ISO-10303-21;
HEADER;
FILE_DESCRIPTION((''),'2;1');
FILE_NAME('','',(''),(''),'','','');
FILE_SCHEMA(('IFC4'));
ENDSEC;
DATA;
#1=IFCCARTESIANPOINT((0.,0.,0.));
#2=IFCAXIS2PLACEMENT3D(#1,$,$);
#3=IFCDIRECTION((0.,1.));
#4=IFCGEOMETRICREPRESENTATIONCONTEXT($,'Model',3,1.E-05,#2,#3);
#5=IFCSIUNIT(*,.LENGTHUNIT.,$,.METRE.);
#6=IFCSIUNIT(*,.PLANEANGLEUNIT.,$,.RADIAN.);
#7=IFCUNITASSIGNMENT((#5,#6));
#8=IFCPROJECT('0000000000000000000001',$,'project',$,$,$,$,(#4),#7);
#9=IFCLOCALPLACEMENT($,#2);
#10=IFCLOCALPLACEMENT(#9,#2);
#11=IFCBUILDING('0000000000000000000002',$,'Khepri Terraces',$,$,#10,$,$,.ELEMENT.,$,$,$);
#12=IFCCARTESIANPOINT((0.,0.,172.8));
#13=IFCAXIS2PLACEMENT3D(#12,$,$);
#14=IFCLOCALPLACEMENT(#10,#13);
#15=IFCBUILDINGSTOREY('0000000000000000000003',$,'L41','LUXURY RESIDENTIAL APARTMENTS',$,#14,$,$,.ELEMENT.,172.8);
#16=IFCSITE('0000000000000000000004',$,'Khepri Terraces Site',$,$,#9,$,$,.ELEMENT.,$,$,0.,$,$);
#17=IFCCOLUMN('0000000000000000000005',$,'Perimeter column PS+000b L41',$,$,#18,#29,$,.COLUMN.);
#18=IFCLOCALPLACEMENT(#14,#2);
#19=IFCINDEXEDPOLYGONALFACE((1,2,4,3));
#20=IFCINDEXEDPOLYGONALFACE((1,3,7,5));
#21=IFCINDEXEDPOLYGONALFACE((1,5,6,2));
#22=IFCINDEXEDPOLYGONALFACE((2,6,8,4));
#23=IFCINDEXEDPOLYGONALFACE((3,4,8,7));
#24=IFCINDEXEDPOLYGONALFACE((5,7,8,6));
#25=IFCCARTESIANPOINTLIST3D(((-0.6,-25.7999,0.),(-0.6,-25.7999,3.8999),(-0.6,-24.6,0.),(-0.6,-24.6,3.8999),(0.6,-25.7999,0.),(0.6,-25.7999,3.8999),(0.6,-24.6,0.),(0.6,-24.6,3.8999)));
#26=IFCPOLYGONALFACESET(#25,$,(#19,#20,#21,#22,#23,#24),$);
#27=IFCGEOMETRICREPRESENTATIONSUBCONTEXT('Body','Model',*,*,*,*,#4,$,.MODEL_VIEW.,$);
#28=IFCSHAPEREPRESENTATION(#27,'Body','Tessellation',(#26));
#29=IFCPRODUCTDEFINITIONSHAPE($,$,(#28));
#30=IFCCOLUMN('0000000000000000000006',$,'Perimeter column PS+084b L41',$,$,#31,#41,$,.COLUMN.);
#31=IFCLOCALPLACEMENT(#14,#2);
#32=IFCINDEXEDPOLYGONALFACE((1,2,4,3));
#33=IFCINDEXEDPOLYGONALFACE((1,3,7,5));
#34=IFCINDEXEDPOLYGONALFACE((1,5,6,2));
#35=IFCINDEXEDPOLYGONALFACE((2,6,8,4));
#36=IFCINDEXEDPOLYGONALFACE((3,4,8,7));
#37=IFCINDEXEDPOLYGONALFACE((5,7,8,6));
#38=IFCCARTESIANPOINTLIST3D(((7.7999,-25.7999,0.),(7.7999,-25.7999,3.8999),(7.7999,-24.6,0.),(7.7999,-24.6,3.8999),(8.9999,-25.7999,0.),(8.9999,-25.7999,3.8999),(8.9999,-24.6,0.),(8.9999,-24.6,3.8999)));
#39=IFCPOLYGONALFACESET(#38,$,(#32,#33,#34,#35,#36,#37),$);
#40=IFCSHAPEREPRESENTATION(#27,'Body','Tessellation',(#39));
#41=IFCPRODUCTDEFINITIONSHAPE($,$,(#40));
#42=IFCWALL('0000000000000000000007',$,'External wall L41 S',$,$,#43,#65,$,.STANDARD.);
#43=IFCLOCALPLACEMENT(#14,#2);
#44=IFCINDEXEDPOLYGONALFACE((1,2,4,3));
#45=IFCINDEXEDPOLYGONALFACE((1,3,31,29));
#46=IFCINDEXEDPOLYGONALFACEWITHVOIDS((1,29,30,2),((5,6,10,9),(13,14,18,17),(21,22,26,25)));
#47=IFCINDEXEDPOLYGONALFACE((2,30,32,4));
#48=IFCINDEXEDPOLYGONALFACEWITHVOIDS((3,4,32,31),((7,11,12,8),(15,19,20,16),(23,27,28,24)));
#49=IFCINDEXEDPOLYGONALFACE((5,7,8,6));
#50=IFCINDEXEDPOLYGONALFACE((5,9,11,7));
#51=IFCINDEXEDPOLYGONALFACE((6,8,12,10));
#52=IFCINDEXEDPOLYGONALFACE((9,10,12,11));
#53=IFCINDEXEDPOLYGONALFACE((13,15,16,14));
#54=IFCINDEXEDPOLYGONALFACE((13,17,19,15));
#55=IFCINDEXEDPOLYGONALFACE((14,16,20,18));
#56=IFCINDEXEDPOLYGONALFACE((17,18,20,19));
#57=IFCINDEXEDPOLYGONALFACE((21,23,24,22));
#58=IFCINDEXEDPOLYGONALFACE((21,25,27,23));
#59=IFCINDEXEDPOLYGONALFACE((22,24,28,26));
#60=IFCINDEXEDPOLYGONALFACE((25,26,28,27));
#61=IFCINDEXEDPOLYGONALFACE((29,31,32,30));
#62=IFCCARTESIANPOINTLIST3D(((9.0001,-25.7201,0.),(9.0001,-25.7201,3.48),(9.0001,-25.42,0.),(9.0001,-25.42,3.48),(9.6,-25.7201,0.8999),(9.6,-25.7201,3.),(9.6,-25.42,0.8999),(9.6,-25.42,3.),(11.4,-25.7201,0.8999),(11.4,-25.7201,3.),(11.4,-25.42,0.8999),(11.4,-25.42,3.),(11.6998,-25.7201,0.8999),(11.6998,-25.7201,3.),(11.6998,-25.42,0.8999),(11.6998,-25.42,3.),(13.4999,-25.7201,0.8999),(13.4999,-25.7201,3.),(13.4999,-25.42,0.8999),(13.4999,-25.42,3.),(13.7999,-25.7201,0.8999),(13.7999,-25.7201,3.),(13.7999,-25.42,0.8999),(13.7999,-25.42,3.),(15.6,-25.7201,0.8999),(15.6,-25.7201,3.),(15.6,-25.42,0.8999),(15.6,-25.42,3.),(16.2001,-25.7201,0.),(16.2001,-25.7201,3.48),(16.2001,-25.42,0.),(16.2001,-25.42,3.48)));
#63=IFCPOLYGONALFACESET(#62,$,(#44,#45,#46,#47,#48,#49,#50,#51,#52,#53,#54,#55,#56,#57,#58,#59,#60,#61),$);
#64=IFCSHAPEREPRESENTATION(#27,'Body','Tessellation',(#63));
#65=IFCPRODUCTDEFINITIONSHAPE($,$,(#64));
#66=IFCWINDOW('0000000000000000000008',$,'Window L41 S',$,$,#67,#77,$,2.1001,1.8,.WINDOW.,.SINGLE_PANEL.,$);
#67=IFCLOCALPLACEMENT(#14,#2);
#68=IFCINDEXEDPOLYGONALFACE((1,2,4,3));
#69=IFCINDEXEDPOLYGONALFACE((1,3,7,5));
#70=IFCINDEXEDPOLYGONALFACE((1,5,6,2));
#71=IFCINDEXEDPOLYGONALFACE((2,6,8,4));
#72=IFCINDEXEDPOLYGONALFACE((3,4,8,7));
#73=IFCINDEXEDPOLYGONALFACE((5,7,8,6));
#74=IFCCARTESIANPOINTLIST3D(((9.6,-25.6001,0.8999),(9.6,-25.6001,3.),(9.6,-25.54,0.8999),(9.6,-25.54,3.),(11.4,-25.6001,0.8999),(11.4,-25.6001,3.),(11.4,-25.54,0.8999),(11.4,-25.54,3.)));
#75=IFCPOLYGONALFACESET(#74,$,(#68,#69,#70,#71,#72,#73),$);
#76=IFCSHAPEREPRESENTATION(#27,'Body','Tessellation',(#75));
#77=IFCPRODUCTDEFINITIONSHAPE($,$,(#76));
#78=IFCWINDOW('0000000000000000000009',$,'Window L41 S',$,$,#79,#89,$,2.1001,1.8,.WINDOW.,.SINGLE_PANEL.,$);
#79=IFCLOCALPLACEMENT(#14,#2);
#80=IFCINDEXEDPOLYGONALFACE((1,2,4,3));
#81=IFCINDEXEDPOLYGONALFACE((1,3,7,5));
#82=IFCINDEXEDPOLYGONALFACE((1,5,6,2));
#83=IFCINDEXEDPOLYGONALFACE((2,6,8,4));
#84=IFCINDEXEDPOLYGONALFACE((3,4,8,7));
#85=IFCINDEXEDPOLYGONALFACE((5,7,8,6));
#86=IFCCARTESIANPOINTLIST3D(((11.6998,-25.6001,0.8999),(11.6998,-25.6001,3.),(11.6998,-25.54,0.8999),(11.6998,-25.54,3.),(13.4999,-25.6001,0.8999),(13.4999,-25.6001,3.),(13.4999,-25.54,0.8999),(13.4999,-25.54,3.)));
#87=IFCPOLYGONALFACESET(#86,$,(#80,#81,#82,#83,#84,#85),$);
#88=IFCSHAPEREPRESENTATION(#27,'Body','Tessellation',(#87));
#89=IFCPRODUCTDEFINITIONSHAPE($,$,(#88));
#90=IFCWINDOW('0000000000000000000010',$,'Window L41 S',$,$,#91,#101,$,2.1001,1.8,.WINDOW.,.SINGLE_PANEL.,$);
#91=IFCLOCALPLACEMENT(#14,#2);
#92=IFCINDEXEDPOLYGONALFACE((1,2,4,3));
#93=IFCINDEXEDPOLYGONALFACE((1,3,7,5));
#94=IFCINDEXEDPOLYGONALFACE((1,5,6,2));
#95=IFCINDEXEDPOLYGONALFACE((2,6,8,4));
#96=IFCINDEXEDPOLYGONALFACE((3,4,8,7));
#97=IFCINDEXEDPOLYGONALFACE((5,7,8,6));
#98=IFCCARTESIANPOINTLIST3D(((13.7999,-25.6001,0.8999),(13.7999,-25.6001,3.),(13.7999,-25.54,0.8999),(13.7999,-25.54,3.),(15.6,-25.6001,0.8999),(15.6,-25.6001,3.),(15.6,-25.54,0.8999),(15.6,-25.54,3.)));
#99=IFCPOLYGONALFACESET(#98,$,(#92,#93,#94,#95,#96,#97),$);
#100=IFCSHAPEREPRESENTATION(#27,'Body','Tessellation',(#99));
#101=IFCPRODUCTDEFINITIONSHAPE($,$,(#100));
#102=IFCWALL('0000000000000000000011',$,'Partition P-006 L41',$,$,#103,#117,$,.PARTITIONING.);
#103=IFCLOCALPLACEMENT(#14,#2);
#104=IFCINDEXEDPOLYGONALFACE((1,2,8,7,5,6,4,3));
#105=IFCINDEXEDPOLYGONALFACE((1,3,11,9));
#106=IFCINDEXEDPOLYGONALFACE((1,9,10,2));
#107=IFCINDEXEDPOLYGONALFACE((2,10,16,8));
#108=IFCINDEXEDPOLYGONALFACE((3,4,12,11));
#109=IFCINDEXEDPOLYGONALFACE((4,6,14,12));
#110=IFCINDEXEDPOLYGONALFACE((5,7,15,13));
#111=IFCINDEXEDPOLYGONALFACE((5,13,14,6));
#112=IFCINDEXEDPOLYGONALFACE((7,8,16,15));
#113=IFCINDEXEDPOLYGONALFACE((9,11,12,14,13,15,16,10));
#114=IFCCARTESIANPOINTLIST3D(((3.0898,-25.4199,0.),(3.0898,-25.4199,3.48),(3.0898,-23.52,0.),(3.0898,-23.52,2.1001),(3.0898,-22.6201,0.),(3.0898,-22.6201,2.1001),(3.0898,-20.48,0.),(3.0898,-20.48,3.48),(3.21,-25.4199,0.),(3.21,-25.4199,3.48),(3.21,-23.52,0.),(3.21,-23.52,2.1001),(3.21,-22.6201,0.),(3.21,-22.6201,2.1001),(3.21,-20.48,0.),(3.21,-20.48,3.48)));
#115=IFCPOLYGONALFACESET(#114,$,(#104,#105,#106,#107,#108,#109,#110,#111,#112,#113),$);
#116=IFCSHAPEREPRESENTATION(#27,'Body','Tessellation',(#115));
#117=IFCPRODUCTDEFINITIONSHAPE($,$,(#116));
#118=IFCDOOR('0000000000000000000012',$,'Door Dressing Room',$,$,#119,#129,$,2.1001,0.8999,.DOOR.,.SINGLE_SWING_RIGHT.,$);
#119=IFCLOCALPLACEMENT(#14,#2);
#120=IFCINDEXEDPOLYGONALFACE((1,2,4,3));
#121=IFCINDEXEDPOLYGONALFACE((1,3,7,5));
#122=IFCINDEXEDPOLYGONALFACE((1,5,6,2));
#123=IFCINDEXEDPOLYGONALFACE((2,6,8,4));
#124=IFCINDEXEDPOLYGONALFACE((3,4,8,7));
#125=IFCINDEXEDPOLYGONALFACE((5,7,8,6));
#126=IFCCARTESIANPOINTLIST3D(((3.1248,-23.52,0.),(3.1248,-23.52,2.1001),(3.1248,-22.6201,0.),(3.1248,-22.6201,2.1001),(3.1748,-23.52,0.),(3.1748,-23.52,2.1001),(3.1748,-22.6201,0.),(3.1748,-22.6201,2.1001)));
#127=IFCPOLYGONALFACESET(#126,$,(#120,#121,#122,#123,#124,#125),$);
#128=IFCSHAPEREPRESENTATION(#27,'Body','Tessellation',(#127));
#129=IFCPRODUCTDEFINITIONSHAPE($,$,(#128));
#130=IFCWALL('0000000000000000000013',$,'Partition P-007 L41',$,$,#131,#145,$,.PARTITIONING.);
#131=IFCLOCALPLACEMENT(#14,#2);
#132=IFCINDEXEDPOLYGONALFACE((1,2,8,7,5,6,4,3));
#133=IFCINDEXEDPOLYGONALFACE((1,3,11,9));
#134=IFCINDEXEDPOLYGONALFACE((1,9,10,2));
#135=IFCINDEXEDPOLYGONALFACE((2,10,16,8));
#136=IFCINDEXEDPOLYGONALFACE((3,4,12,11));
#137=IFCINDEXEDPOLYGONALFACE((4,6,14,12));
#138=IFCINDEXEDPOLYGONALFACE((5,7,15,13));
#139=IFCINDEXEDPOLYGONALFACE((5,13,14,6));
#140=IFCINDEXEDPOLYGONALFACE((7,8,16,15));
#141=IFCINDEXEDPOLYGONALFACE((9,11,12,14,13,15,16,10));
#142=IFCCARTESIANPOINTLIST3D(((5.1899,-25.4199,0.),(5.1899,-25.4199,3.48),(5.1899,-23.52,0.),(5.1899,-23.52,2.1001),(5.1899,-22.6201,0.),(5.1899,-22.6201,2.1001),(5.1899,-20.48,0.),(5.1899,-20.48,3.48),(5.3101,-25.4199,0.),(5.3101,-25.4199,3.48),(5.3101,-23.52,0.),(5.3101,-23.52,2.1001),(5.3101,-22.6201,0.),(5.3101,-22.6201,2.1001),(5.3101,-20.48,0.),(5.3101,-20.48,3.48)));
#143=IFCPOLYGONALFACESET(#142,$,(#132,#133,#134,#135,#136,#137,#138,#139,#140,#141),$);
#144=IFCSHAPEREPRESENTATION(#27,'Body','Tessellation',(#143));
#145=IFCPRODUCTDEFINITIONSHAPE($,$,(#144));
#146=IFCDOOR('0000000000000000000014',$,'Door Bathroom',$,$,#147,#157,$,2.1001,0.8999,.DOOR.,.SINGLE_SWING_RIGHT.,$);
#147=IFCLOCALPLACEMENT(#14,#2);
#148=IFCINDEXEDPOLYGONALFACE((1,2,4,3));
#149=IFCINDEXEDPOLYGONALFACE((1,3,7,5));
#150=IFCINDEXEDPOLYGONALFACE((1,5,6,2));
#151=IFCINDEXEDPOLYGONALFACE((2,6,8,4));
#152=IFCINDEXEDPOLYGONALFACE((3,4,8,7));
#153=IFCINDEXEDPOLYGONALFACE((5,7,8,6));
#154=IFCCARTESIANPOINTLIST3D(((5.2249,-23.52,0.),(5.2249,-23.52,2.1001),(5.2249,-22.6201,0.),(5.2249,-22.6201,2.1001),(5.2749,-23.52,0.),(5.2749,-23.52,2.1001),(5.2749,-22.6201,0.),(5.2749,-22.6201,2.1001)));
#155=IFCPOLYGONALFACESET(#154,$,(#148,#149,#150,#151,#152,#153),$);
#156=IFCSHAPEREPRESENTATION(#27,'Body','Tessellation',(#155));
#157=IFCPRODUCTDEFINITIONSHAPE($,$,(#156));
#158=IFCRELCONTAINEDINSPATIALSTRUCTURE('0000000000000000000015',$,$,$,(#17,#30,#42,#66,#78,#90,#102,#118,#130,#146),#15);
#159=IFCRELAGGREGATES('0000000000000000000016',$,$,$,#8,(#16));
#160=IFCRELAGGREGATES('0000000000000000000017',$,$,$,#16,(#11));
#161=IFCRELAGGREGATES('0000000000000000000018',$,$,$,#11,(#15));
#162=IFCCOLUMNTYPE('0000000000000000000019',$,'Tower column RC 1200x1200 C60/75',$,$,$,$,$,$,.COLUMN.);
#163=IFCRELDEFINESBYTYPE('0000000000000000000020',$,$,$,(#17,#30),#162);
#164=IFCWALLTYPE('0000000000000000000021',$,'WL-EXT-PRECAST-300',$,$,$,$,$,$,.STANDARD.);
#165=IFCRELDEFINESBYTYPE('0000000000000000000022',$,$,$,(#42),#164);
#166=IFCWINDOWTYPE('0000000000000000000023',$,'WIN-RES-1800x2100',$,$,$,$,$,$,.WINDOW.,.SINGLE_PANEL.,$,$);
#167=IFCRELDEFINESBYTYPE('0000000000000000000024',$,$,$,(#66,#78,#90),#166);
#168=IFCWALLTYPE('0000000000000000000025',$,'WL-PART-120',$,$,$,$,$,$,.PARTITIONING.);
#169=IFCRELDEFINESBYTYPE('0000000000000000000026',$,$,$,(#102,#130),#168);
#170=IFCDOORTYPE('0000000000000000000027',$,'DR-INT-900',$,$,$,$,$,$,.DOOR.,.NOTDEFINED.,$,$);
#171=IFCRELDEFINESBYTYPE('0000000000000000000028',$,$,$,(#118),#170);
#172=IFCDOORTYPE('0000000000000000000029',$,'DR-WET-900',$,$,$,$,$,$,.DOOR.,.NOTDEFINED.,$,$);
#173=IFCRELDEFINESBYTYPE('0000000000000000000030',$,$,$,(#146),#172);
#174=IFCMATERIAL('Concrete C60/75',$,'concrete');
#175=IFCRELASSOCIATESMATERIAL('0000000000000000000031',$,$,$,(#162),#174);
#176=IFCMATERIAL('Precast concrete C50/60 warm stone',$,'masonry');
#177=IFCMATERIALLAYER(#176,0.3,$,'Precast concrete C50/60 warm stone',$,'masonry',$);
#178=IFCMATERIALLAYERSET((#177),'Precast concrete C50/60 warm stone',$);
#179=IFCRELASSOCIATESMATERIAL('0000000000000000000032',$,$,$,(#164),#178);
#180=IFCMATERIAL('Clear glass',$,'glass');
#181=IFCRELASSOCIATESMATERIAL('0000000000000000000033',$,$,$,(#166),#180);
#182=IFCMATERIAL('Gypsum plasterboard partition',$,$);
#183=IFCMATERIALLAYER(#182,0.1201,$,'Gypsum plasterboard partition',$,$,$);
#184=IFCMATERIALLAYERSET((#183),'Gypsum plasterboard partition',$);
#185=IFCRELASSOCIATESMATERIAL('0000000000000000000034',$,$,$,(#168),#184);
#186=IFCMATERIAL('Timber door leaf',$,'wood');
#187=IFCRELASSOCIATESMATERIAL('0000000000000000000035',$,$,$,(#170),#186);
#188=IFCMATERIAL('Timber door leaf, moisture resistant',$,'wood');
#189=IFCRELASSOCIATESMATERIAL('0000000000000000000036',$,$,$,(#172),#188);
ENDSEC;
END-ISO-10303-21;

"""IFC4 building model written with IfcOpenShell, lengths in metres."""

from ifc_helpers import new_model, si_unit, direction, frame, frame_2d, origin, origin_2d, place, context, subcontext, project, spatial, rectangle, extrude, material, layer, layer_set, material_profile, profile_set, type_object, element, fill, save


model = new_model("IFC4")

# Units and contexts
model_context = context("Model", 3, precision=1e-05, world=origin(), true_north=direction((0.0, 1.0)))
body_context = subcontext(model_context, "Body", "Model", "MODEL_VIEW")
ifc_project = project(units=[si_unit("LENGTHUNIT", "METRE"), si_unit("PLANEANGLEUNIT", "RADIAN")], contexts=[model_context])

# Site, building, storey
site_placement = place(None, origin())
site = spatial("IfcSite", under=ifc_project, at=site_placement, Name="Khepri Terraces Site", CompositionType="ELEMENT", RefElevation=0.0)
building_placement = place(site_placement, origin())
building = spatial("IfcBuilding", under=site, at=building_placement, Name="Khepri Terraces", CompositionType="ELEMENT")
storey_placement = place(building_placement, frame((0.0, 0.0, 172.8)))
storey = spatial("IfcBuildingStorey", under=building, at=storey_placement, Name="L41", Description="LUXURY RESIDENTIAL APARTMENTS", CompositionType="ELEMENT", Elevation=172.8)

# Columns
ifc_material_1 = material(Name="Concrete C60/75", Category="concrete")
ifc_material_profile = material_profile(ifc_material_1, rectangle(XDim=1.2, YDim=1.2, at=origin_2d()), Name="Concrete C60/75", Category="concrete")
ifc_profile_set = profile_set([ifc_material_profile], Name="Concrete C60/75")
column_type = type_object("IfcColumnType", Name="Tower column RC 1200x1200 C60/75", PredefinedType="COLUMN", material=ifc_profile_set)
for number, where, z_axis, x_axis, name in (
    (1, (0.0, -25.2, 0.0), (0.0, 0.0, 1.0), (1.0, 0.0, 0.0), "Perimeter column PS+000b L41"),
    (2, (8.3999, -25.2, 0.0), (0.0, 0.0, 1.0), (1.0, 0.0, 0.0), "Perimeter column PS+084b L41"),
):
    element("IfcColumn", number, at=place(storey_placement, frame(where, z_axis=z_axis, x_axis=x_axis)), inside=storey, type_object=column_type, Name=name, PredefinedType="COLUMN", context=body_context, shape_type="SweptSolid", body=[
        extrude(rectangle(XDim=1.2, YDim=1.2, at=origin_2d()), origin(), (0.0, 0.0, 1.0), 3.8999),
    ])

# Shared definitions
ifc_material_2 = material(Name="Precast concrete C50/60 warm stone", Category="masonry")
ifc_layer_1 = layer(ifc_material_2, 0.3, Name="Precast concrete C50/60 warm stone", Category="masonry")
ifc_layer_set_1 = layer_set([ifc_layer_1], Name="Precast concrete C50/60 warm stone")
wall_type_1 = type_object("IfcWallType", Name="WL-EXT-PRECAST-300", PredefinedType="STANDARD", material=ifc_layer_set_1)
ifc_material_3 = material(Name="Clear glass", Category="glass")
window_type = type_object("IfcWindowType", Name="WIN-RES-1800x2100", PartitioningType="SINGLE_PANEL", PredefinedType="WINDOW", material=ifc_material_3)

# Wall, openings, windows
wall_1_placement = place(storey_placement, frame((9.0, -25.5701, 0.0), z_axis=(0.0, 0.0, 1.0), x_axis=(1.0, 0.0, 0.0)))
wall_1 = element("IfcWall", 3, at=wall_1_placement, inside=storey, type_object=wall_type_1, Name="External wall L41 S", PredefinedType="STANDARD", context=body_context, shape_type="SweptSolid", body=[
    extrude(rectangle(XDim=7.2, YDim=0.3, at=frame_2d((3.6001, 0.0))), origin(), (0.0, 0.0, 1.0), 3.48),
])
opening_1_placement = place(wall_1_placement, frame((0.6001, 0.0, 0.8999)))
opening_1 = element("IfcOpeningElement", 4, at=opening_1_placement, cuts=wall_1, PredefinedType="OPENING", context=body_context, shape_type="SweptSolid", body=[
    extrude(rectangle(XDim=1.8, YDim=2.1001, at=frame_2d((0.8999, 1.05))), frame((0.0, 0.1602, 0.0), z_axis=(0.0, -1.0, 0.0), x_axis=(1.0, 0.0, 0.0)), (0.0, 0.0, 1.0), 0.3201),
])
opening_2_placement = place(wall_1_placement, frame((2.7, 0.0, 0.8999)))
opening_2 = element("IfcOpeningElement", 5, at=opening_2_placement, cuts=wall_1, PredefinedType="OPENING", context=body_context, shape_type="SweptSolid", body=[
    extrude(rectangle(XDim=1.8, YDim=2.1001, at=frame_2d((0.8999, 1.05))), frame((0.0, 0.1602, 0.0), z_axis=(0.0, -1.0, 0.0), x_axis=(1.0, 0.0, 0.0)), (0.0, 0.0, 1.0), 0.3201),
])
opening_3_placement = place(wall_1_placement, frame((4.8, 0.0, 0.8999)))
opening_3 = element("IfcOpeningElement", 6, at=opening_3_placement, cuts=wall_1, PredefinedType="OPENING", context=body_context, shape_type="SweptSolid", body=[
    extrude(rectangle(XDim=1.8, YDim=2.1001, at=frame_2d((0.8999, 1.05))), frame((0.0, 0.1602, 0.0), z_axis=(0.0, -1.0, 0.0), x_axis=(1.0, 0.0, 0.0)), (0.0, 0.0, 1.0), 0.3201),
])
window_1_placement = place(opening_1_placement, origin())
window_1 = element("IfcWindow", 7, at=window_1_placement, inside=storey, type_object=window_type, Name="Window L41 S", OverallHeight=2.1001, OverallWidth=1.8, PartitioningType="SINGLE_PANEL", PredefinedType="WINDOW", context=body_context, shape_type="SweptSolid", body=[
    extrude(rectangle(XDim=1.8, YDim=2.1001, at=frame_2d((0.8999, 1.05))), frame((0.0, 0.03, 0.0), z_axis=(0.0, -1.0, 0.0), x_axis=(1.0, 0.0, 0.0)), (0.0, 0.0, 1.0), 0.0601),
])
fill(opening_1, window_1)
window_2_placement = place(opening_2_placement, origin())
window_2 = element("IfcWindow", 8, at=window_2_placement, inside=storey, type_object=window_type, Name="Window L41 S", OverallHeight=2.1001, OverallWidth=1.8, PartitioningType="SINGLE_PANEL", PredefinedType="WINDOW", context=body_context, shape_type="SweptSolid", body=[
    extrude(rectangle(XDim=1.8, YDim=2.1001, at=frame_2d((0.8999, 1.05))), frame((0.0, 0.03, 0.0), z_axis=(0.0, -1.0, 0.0), x_axis=(1.0, 0.0, 0.0)), (0.0, 0.0, 1.0), 0.0601),
])
fill(opening_2, window_2)
window_3_placement = place(opening_3_placement, origin())
window_3 = element("IfcWindow", 9, at=window_3_placement, inside=storey, type_object=window_type, Name="Window L41 S", OverallHeight=2.1001, OverallWidth=1.8, PartitioningType="SINGLE_PANEL", PredefinedType="WINDOW", context=body_context, shape_type="SweptSolid", body=[
    extrude(rectangle(XDim=1.8, YDim=2.1001, at=frame_2d((0.8999, 1.05))), frame((0.0, 0.03, 0.0), z_axis=(0.0, -1.0, 0.0), x_axis=(1.0, 0.0, 0.0)), (0.0, 0.0, 1.0), 0.0601),
])
fill(opening_3, window_3)

# Walls, openings, doors
ifc_material_4 = material(Name="Gypsum plasterboard partition")
ifc_layer_2 = layer(ifc_material_4, 0.1201, Name="Gypsum plasterboard partition")
ifc_layer_set_2 = layer_set([ifc_layer_2], Name="Gypsum plasterboard partition")
wall_type_2 = type_object("IfcWallType", Name="WL-PART-120", PredefinedType="PARTITIONING", material=ifc_layer_set_2)
wall_2_placement = place(storey_placement, frame((3.1499, -25.4199, 0.0), z_axis=(0.0, 0.0, 1.0), x_axis=(0.0, 1.0, 0.0)))
wall_2 = element("IfcWall", 10, at=wall_2_placement, inside=storey, type_object=wall_type_2, Name="Partition P-006 L41", PredefinedType="PARTITIONING", context=body_context, shape_type="SweptSolid", body=[
    extrude(rectangle(XDim=4.9399, YDim=0.1201, at=frame_2d((2.47, 0.0))), origin(), (0.0, 0.0, 1.0), 3.48),
])
opening_4_placement = place(wall_2_placement, frame((1.8999, 0.0, 0.0)))
opening_4 = element("IfcOpeningElement", 11, at=opening_4_placement, cuts=wall_2, PredefinedType="OPENING", context=body_context, shape_type="SweptSolid", body=[
    extrude(rectangle(XDim=0.8999, YDim=2.1001, at=frame_2d((0.45, 1.05))), frame((0.0, 0.0701, 0.0), z_axis=(0.0, -1.0, 0.0), x_axis=(1.0, 0.0, 0.0)), (0.0, 0.0, 1.0), 0.1401),
])
ifc_material_5 = material(Name="Timber door leaf", Category="wood")
door_type_1 = type_object("IfcDoorType", Name="DR-INT-900", OperationType="NOTDEFINED", PredefinedType="DOOR", material=ifc_material_5)
door_1_placement = place(opening_4_placement, frame((0.8999, 0.0, 0.0), z_axis=(0.0, 0.0, 1.0), x_axis=(-1.0, 0.0, 0.0)))
door_1 = element("IfcDoor", 12, at=door_1_placement, inside=storey, type_object=door_type_1, Name="Door Dressing Room", OperationType="SINGLE_SWING_RIGHT", OverallHeight=2.1001, OverallWidth=0.8999, PredefinedType="DOOR", context=body_context, shape_type="SweptSolid", body=[
    extrude(rectangle(XDim=0.8999, YDim=2.1001, at=frame_2d((0.45, 1.05))), frame((0.0, 0.0249, 0.0), z_axis=(0.0, -1.0, 0.0), x_axis=(1.0, 0.0, 0.0)), (0.0, 0.0, 1.0), 0.05),
])
fill(opening_4, door_1)
wall_3_placement = place(storey_placement, frame((5.25, -25.4199, 0.0), z_axis=(0.0, 0.0, 1.0), x_axis=(0.0, 1.0, 0.0)))
wall_3 = element("IfcWall", 13, at=wall_3_placement, inside=storey, type_object=wall_type_2, Name="Partition P-007 L41", PredefinedType="PARTITIONING", context=body_context, shape_type="SweptSolid", body=[
    extrude(rectangle(XDim=4.9399, YDim=0.1201, at=frame_2d((2.47, 0.0))), origin(), (0.0, 0.0, 1.0), 3.48),
])
opening_5_placement = place(wall_3_placement, frame((1.8999, 0.0, 0.0)))
opening_5 = element("IfcOpeningElement", 14, at=opening_5_placement, cuts=wall_3, PredefinedType="OPENING", context=body_context, shape_type="SweptSolid", body=[
    extrude(rectangle(XDim=0.8999, YDim=2.1001, at=frame_2d((0.45, 1.05))), frame((0.0, 0.0701, 0.0), z_axis=(0.0, -1.0, 0.0), x_axis=(1.0, 0.0, 0.0)), (0.0, 0.0, 1.0), 0.1401),
])
ifc_material_6 = material(Name="Timber door leaf, moisture resistant", Category="wood")
door_type_2 = type_object("IfcDoorType", Name="DR-WET-900", OperationType="NOTDEFINED", PredefinedType="DOOR", material=ifc_material_6)
door_2_placement = place(opening_5_placement, frame((0.8999, 0.0, 0.0), z_axis=(0.0, 0.0, 1.0), x_axis=(-1.0, 0.0, 0.0)))
door_2 = element("IfcDoor", 15, at=door_2_placement, inside=storey, type_object=door_type_2, Name="Door Bathroom", OperationType="SINGLE_SWING_RIGHT", OverallHeight=2.1001, OverallWidth=0.8999, PredefinedType="DOOR", context=body_context, shape_type="SweptSolid", body=[
    extrude(rectangle(XDim=0.8999, YDim=2.1001, at=frame_2d((0.45, 1.05))), frame((0.0, 0.0249, 0.0), z_axis=(0.0, -1.0, 0.0), x_axis=(1.0, 0.0, 0.0)), (0.0, 0.0, 1.0), 0.05),
])
fill(opening_5, door_2)

save(model, "model.ifc")
